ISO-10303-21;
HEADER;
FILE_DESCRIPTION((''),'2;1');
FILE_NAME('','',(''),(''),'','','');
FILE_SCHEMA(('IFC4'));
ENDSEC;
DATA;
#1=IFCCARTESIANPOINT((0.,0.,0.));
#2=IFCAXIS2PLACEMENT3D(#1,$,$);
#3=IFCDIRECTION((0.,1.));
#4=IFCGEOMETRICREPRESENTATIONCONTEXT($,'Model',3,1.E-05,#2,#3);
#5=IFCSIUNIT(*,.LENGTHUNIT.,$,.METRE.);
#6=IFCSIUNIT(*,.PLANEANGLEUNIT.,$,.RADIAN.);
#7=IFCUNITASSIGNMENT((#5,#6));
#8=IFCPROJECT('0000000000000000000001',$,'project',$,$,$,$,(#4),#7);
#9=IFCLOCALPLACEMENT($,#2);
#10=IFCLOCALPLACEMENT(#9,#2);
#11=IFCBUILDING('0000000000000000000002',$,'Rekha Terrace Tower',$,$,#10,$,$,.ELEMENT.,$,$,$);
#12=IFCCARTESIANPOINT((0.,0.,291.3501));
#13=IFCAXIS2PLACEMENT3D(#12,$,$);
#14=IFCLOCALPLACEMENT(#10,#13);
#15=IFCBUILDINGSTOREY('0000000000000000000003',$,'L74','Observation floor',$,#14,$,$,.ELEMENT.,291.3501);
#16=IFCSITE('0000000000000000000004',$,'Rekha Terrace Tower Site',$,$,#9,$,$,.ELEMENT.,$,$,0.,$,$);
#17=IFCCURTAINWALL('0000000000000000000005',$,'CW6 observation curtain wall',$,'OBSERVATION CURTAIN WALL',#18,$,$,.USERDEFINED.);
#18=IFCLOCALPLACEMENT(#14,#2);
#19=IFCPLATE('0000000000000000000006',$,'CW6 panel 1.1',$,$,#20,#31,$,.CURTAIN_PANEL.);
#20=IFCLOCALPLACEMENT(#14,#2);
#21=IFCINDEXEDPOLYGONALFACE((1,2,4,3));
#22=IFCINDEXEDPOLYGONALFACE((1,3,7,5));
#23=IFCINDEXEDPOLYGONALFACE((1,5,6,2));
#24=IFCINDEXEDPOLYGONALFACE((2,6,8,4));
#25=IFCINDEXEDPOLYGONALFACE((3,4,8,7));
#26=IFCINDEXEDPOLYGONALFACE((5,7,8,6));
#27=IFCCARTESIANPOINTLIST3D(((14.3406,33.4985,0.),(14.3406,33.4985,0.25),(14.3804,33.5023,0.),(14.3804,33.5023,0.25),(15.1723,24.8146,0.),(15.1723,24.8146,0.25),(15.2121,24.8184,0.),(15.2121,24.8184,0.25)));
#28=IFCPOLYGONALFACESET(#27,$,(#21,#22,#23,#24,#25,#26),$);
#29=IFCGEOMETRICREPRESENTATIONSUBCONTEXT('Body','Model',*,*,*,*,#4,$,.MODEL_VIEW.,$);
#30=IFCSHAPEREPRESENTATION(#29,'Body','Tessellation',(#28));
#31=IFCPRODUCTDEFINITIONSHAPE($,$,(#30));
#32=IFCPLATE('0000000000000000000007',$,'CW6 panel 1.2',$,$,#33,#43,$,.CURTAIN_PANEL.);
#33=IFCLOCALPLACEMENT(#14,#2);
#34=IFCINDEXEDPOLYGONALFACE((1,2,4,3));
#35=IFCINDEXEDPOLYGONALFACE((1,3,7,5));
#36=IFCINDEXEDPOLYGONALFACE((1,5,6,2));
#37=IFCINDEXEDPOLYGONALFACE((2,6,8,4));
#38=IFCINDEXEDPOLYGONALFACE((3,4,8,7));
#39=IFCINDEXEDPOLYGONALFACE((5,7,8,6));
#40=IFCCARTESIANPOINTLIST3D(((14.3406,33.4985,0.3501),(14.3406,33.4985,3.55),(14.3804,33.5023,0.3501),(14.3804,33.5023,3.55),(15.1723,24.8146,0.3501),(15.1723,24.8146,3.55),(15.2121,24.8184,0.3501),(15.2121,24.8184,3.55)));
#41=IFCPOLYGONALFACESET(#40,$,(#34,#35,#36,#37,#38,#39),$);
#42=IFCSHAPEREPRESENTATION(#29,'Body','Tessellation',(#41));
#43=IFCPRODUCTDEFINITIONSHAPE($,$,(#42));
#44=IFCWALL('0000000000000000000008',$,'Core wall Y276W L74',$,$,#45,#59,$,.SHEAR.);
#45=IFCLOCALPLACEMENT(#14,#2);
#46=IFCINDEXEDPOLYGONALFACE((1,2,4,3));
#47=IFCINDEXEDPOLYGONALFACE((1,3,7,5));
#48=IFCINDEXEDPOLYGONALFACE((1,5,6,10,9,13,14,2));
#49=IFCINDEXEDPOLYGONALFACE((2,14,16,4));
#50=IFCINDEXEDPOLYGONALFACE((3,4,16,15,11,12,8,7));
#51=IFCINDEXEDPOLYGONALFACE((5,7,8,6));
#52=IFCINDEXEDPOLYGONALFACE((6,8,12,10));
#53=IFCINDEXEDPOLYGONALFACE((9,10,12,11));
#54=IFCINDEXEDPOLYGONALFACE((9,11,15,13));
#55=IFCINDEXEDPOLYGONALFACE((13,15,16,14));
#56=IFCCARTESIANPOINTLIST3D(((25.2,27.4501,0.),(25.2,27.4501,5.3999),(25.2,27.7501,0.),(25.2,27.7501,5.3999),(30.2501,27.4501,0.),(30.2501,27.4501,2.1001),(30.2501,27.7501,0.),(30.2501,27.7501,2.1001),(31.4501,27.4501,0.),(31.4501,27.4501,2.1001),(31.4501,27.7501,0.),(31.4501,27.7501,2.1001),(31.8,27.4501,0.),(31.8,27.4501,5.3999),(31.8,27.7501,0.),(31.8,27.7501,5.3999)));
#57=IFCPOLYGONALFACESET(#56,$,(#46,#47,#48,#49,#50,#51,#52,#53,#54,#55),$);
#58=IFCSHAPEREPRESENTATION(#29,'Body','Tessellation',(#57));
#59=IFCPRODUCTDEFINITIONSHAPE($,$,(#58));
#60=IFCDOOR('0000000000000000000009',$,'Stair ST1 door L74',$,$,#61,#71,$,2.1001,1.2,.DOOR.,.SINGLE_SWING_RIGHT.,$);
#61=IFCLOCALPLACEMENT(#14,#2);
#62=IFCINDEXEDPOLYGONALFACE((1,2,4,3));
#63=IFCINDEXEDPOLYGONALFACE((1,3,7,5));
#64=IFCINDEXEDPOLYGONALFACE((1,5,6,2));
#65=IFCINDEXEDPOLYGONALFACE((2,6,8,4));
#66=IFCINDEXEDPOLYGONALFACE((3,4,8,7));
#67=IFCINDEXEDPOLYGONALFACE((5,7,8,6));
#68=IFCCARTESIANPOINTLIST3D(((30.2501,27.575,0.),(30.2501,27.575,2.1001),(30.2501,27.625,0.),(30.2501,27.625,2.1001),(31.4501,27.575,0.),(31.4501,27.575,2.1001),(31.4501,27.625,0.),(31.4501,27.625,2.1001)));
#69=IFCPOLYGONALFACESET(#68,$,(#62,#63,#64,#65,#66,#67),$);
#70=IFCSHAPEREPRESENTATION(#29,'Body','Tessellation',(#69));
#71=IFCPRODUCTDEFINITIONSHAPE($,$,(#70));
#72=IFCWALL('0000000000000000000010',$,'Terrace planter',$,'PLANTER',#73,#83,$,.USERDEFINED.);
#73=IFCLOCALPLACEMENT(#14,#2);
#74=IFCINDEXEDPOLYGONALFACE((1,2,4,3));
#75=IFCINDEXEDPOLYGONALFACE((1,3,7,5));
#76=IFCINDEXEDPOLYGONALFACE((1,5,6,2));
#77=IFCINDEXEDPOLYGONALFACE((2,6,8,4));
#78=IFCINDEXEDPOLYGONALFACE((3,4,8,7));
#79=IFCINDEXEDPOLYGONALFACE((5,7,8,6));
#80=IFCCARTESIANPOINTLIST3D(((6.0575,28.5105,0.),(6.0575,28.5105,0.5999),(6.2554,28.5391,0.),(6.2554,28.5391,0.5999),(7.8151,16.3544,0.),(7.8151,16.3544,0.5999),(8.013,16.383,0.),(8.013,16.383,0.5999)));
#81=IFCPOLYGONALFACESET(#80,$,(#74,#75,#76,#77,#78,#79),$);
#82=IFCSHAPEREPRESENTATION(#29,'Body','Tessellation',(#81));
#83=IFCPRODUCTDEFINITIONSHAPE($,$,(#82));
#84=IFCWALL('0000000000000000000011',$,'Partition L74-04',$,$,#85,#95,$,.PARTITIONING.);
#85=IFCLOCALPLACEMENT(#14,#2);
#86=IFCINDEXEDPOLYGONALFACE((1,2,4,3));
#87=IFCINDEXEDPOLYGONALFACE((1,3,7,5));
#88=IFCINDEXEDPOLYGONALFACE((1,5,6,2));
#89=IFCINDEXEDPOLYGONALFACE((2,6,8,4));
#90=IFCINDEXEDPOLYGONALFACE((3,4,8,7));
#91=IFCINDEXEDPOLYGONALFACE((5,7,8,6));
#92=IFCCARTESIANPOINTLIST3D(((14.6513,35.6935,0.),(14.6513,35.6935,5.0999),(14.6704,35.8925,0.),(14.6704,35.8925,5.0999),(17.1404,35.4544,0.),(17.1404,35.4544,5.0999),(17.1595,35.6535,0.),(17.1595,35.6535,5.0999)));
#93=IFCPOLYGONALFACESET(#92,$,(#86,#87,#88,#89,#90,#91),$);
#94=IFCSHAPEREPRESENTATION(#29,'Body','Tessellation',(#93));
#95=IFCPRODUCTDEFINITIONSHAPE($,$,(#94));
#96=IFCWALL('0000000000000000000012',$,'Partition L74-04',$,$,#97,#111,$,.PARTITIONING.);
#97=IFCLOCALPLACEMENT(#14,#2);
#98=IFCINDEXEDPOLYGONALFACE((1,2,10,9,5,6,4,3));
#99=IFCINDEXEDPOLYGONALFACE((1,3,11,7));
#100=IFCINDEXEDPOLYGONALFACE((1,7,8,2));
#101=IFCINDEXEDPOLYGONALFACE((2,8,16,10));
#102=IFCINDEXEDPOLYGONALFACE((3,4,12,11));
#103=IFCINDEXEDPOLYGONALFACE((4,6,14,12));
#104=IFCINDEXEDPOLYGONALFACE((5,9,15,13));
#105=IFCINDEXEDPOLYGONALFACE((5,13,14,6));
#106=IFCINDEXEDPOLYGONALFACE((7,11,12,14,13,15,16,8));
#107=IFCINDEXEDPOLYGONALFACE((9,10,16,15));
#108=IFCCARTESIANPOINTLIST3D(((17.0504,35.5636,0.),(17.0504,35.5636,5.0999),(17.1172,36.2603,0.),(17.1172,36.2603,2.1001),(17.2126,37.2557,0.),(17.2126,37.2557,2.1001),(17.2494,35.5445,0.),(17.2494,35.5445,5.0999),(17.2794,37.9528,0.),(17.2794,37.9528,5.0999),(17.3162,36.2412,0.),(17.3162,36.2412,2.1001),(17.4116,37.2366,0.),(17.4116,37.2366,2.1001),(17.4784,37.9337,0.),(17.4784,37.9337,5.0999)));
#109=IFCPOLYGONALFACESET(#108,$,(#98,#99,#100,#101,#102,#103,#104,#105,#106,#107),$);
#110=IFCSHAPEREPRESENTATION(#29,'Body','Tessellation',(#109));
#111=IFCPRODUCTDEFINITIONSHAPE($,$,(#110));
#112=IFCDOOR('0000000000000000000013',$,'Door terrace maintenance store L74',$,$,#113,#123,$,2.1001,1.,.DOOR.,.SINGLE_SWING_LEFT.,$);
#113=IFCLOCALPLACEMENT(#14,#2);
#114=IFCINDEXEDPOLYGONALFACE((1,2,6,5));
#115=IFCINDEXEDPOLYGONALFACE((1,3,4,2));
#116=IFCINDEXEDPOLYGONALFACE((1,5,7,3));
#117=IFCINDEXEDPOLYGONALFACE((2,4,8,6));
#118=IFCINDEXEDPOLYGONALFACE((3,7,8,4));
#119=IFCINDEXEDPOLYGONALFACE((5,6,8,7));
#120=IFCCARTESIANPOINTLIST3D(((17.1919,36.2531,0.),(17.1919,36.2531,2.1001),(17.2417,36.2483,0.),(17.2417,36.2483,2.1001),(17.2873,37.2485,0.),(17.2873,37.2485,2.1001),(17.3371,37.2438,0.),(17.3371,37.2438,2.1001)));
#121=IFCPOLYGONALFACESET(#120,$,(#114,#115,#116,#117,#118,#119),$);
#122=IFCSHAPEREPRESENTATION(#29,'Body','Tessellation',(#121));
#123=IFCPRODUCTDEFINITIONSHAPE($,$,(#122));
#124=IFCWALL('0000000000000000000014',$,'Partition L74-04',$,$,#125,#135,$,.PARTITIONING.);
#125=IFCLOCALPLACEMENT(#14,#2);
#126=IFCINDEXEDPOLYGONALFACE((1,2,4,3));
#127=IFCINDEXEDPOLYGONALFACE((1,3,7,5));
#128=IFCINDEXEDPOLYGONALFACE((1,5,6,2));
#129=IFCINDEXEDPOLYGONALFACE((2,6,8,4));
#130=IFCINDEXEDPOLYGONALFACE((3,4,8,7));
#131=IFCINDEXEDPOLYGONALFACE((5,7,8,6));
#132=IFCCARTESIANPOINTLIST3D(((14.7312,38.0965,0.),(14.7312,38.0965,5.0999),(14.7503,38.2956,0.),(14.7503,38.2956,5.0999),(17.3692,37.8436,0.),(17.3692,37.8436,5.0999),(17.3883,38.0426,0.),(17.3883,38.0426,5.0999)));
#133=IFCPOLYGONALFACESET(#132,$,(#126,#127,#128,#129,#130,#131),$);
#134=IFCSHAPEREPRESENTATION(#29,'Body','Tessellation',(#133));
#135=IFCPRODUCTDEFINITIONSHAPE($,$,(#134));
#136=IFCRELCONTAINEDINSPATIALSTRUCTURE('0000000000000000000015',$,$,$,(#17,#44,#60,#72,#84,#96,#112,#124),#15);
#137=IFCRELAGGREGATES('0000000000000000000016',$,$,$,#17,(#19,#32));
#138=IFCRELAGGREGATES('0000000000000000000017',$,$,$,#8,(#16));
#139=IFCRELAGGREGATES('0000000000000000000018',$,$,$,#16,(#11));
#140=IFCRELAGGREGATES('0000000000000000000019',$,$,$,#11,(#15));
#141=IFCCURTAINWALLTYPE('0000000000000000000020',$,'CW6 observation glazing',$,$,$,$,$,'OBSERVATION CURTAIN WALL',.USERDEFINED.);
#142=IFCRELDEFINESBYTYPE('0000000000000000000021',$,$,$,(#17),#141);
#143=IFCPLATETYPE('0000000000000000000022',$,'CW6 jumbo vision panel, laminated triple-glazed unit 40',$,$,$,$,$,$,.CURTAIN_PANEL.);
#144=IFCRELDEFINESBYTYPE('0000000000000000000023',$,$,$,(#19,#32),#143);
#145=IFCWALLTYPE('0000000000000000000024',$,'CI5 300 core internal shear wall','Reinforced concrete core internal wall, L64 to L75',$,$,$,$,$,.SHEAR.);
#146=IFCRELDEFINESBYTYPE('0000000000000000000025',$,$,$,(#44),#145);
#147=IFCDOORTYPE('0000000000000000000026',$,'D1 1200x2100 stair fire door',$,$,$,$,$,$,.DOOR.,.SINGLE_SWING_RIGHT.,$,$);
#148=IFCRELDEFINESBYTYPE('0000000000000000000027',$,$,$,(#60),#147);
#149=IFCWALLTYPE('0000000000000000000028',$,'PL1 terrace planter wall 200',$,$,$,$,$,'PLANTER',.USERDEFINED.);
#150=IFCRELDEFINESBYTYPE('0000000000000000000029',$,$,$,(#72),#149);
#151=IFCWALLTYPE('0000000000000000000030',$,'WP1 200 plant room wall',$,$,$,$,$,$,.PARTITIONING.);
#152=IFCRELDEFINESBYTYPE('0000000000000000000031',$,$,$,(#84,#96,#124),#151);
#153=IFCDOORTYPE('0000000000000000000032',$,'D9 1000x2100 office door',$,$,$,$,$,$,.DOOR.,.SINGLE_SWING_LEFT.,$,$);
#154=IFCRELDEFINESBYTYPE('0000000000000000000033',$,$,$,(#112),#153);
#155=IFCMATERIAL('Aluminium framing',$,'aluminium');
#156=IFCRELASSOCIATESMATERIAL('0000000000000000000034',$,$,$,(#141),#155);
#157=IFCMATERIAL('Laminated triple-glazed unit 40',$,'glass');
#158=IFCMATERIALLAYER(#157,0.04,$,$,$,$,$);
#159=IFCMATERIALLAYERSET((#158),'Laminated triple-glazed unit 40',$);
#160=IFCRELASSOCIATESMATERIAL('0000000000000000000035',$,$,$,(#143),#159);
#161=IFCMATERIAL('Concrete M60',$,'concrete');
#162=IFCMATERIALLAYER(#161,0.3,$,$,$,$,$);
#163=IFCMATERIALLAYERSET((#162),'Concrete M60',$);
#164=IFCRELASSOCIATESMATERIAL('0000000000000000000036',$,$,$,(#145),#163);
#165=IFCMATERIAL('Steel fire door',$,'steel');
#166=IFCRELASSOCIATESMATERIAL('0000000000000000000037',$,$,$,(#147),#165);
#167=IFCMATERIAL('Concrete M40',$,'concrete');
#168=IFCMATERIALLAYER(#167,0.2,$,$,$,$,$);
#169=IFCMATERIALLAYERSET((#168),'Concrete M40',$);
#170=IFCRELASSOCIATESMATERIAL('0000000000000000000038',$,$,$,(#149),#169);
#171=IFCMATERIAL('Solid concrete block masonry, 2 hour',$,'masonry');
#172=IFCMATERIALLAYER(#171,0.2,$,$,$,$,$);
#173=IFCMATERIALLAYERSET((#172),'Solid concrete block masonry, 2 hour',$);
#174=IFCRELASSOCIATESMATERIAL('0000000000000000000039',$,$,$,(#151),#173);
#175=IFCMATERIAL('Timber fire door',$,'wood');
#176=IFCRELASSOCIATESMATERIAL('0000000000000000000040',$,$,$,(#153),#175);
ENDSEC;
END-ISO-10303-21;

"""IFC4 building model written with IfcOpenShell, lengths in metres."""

from ifc_helpers import new_model, si_unit, direction, frame, frame_2d, origin, origin_2d, place, context, subcontext, project, spatial, rectangle, extrude, material, layer, layer_set, type_object, element, fill, aggregate, save


model = new_model("IFC4")

# Units and contexts
model_context = context("Model", 3, precision=1e-05, world=origin(), true_north=direction((0.0, 1.0)))
body_context = subcontext(model_context, "Body", "Model", "MODEL_VIEW")
ifc_project = project(units=[si_unit("LENGTHUNIT", "METRE"), si_unit("PLANEANGLEUNIT", "RADIAN")], contexts=[model_context])

# Site, building, storey
site_placement = place(None, origin())
site = spatial("IfcSite", under=ifc_project, at=site_placement, Name="Rekha Terrace Tower Site", CompositionType="ELEMENT", RefElevation=0.0)
building_placement = place(site_placement, origin())
building = spatial("IfcBuilding", under=site, at=building_placement, Name="Rekha Terrace Tower", CompositionType="ELEMENT")
storey_placement = place(building_placement, frame((0.0, 0.0, 291.3501)))
storey = spatial("IfcBuildingStorey", under=building, at=storey_placement, Name="L74", Description="Observation floor", CompositionType="ELEMENT", Elevation=291.3501)

# Curtain wall
ifc_material_1 = material(Name="Aluminium framing", Category="aluminium")
curtain_wall_type = type_object("IfcCurtainWallType", Name="CW6 observation glazing", ElementType="OBSERVATION CURTAIN WALL", PredefinedType="USERDEFINED", material=ifc_material_1)
curtain_wall_1_placement = place(storey_placement, origin())
curtain_wall_1 = element("IfcCurtainWall", 1, at=curtain_wall_1_placement, inside=storey, type_object=curtain_wall_type, Name="CW6 observation curtain wall", ObjectType="OBSERVATION CURTAIN WALL", PredefinedType="USERDEFINED")

# Plates
ifc_material_2 = material(Name="Laminated triple-glazed unit 40", Category="glass")
ifc_layer_1 = layer(ifc_material_2, 0.04)
ifc_layer_set_1 = layer_set([ifc_layer_1], Name="Laminated triple-glazed unit 40")
plate_type = type_object("IfcPlateType", Name="CW6 jumbo vision panel, laminated triple-glazed unit 40", PredefinedType="CURTAIN_PANEL", material=ifc_layer_set_1)
plate_1_placement = place(storey_placement, frame((14.7764, 29.1584, 0.0), z_axis=(0.0, 0.0, 1.0), x_axis=(0.095338, -0.995445, 0.0)))
plate_1 = element("IfcPlate", 2, at=plate_1_placement, type_object=plate_type, Name="CW6 panel 1.1", PredefinedType="CURTAIN_PANEL", context=body_context, shape_type="SweptSolid", body=[
    extrude(rectangle(XDim=8.7236, YDim=0.04, at=origin_2d()), origin(), (0.0, 0.0, 1.0), 0.25),
])
plate_2_placement = place(storey_placement, frame((14.7764, 29.1584, 0.3501), z_axis=(0.0, 0.0, 1.0), x_axis=(0.095338, -0.995445, 0.0)))
plate_2 = element("IfcPlate", 3, at=plate_2_placement, type_object=plate_type, Name="CW6 panel 1.2", PredefinedType="CURTAIN_PANEL", context=body_context, shape_type="SweptSolid", body=[
    extrude(rectangle(XDim=8.7236, YDim=0.04, at=origin_2d()), origin(), (0.0, 0.0, 1.0), 3.2),
])
aggregate(curtain_wall_1, [plate_1, plate_2])

# Wall, opening, door
ifc_material_3 = material(Name="Concrete M60", Category="concrete")
ifc_layer_2 = layer(ifc_material_3, 0.3)
ifc_layer_set_2 = layer_set([ifc_layer_2], Name="Concrete M60")
wall_type_1 = type_object("IfcWallType", Name="CI5 300 core internal shear wall", Description="Reinforced concrete core internal wall, L64 to L75", PredefinedType="SHEAR", material=ifc_layer_set_2)
wall_1_placement = place(storey_placement, frame((25.2, 27.6001, 0.0), z_axis=(0.0, 0.0, 1.0), x_axis=(1.0, 0.0, 0.0)))
wall_1 = element("IfcWall", 4, at=wall_1_placement, inside=storey, type_object=wall_type_1, Name="Core wall Y276W L74", PredefinedType="SHEAR", context=body_context, shape_type="SweptSolid", body=[
    extrude(rectangle(XDim=6.6001, YDim=0.3, at=frame_2d((3.3, 0.0))), origin(), (0.0, 0.0, 1.0), 5.3999),
])
opening_1_placement = place(wall_1_placement, frame((5.05, 0.0, 0.0)))
opening_1 = element("IfcOpeningElement", 5, at=opening_1_placement, cuts=wall_1, PredefinedType="OPENING", context=body_context, shape_type="SweptSolid", body=[
    extrude(rectangle(XDim=1.2, YDim=2.1001, at=frame_2d((0.6001, 1.05))), frame((0.0, 0.1599, 0.0), z_axis=(0.0, -1.0, 0.0), x_axis=(1.0, 0.0, 0.0)), (0.0, 0.0, 1.0), 0.3201),
])
ifc_material_4 = material(Name="Steel fire door", Category="steel")
door_type_1 = type_object("IfcDoorType", Name="D1 1200x2100 stair fire door", OperationType="SINGLE_SWING_RIGHT", PredefinedType="DOOR", material=ifc_material_4)
door_1_placement = place(opening_1_placement, origin())
door_1 = element("IfcDoor", 6, at=door_1_placement, inside=storey, type_object=door_type_1, Name="Stair ST1 door L74", OperationType="SINGLE_SWING_RIGHT", OverallHeight=2.1001, OverallWidth=1.2, PredefinedType="DOOR", context=body_context, shape_type="SweptSolid", body=[
    extrude(rectangle(XDim=1.2, YDim=2.1001, at=frame_2d((0.6001, 1.05))), frame((0.0, 0.0249, 0.0), z_axis=(0.0, -1.0, 0.0), x_axis=(1.0, 0.0, 0.0)), (0.0, 0.0, 1.0), 0.05),
])
fill(opening_1, door_1)

# Walls
ifc_material_5 = material(Name="Concrete M40", Category="concrete")
ifc_layer_3 = layer(ifc_material_5, 0.2)
ifc_layer_set_3 = layer_set([ifc_layer_3], Name="Concrete M40")
wall_type_2 = type_object("IfcWallType", Name="PL1 terrace planter wall 200", ElementType="PLANTER", PredefinedType="USERDEFINED", material=ifc_layer_set_3)
wall_2_placement = place(storey_placement, frame((6.1565, 28.5247, 0.0), z_axis=(0.0, 0.0, 1.0), x_axis=(0.143096, -0.989709, 0.0)))
element("IfcWall", 7, at=wall_2_placement, inside=storey, type_object=wall_type_2, Name="Terrace planter", ObjectType="PLANTER", PredefinedType="USERDEFINED", context=body_context, shape_type="SweptSolid", body=[
    extrude(rectangle(XDim=12.2825, YDim=0.2, at=frame_2d((6.1411, 0.0))), origin(), (0.0, 0.0, 1.0), 0.5999),
])
ifc_material_6 = material(Name="Solid concrete block masonry, 2 hour", Category="masonry")
ifc_layer_4 = layer(ifc_material_6, 0.2)
ifc_layer_set_4 = layer_set([ifc_layer_4], Name="Solid concrete block masonry, 2 hour")
wall_type_3 = type_object("IfcWallType", Name="WP1 200 plant room wall", PredefinedType="PARTITIONING", material=ifc_layer_set_4)
wall_3_placement = place(storey_placement, frame((14.6609, 35.793, 0.0), z_axis=(0.0, 0.0, 1.0), x_axis=(0.995421, -0.095588, 0.0)))
element("IfcWall", 8, at=wall_3_placement, inside=storey, type_object=wall_type_3, Name="Partition L74-04", PredefinedType="PARTITIONING", context=body_context, shape_type="SweptSolid", body=[
    extrude(rectangle(XDim=2.5005, YDim=0.2, at=frame_2d((1.2502, 0.0))), origin(), (0.0, 0.0, 1.0), 5.0999),
])

# Wall, opening, door
wall_4_placement = place(storey_placement, frame((17.1499, 35.554, 0.0), z_axis=(0.0, 0.0, 1.0), x_axis=(0.095414, 0.995438, 0.0)))
wall_4 = element("IfcWall", 9, at=wall_4_placement, inside=storey, type_object=wall_type_3, Name="Partition L74-04", PredefinedType="PARTITIONING", context=body_context, shape_type="SweptSolid", body=[
    extrude(rectangle(XDim=2.4001, YDim=0.2, at=frame_2d((1.2002, 0.0))), origin(), (0.0, 0.0, 1.0), 5.0999),
])
opening_2_placement = place(wall_4_placement, frame((0.7, 0.0, 0.0)))
opening_2 = element("IfcOpeningElement", 10, at=opening_2_placement, cuts=wall_4, PredefinedType="OPENING", context=body_context, shape_type="SweptSolid", body=[
    extrude(rectangle(XDim=1.0, YDim=2.1001, at=frame_2d((0.5, 1.05))), frame((0.0, 0.1099, 0.0), z_axis=(0.0, -1.0, 0.0), x_axis=(1.0, 0.0, 0.0)), (0.0, 0.0, 1.0), 0.22),
])
ifc_material_7 = material(Name="Timber fire door", Category="wood")
door_type_2 = type_object("IfcDoorType", Name="D9 1000x2100 office door", OperationType="SINGLE_SWING_LEFT", PredefinedType="DOOR", material=ifc_material_7)
door_2_placement = place(opening_2_placement, origin())
door_2 = element("IfcDoor", 11, at=door_2_placement, inside=storey, type_object=door_type_2, Name="Door terrace maintenance store L74", OperationType="SINGLE_SWING_LEFT", OverallHeight=2.1001, OverallWidth=1.0, PredefinedType="DOOR", context=body_context, shape_type="SweptSolid", body=[
    extrude(rectangle(XDim=1.0, YDim=2.1001, at=frame_2d((0.5, 1.05))), frame((0.0, 0.0249, 0.0), z_axis=(0.0, -1.0, 0.0), x_axis=(1.0, 0.0, 0.0)), (0.0, 0.0, 1.0), 0.05),
])
fill(opening_2, door_2)

# Wall
wall_5_placement = place(storey_placement, frame((17.3789, 37.9431, 0.0), z_axis=(0.0, 0.0, 1.0), x_axis=(-0.995435, 0.095444, 0.0)))
element("IfcWall", 12, at=wall_5_placement, inside=storey, type_object=wall_type_3, Name="Partition L74-04", PredefinedType="PARTITIONING", context=body_context, shape_type="SweptSolid", body=[
    extrude(rectangle(XDim=2.6501, YDim=0.2, at=frame_2d((1.3252, 0.0))), origin(), (0.0, 0.0, 1.0), 5.0999),
])

save(model, "model.ifc")
